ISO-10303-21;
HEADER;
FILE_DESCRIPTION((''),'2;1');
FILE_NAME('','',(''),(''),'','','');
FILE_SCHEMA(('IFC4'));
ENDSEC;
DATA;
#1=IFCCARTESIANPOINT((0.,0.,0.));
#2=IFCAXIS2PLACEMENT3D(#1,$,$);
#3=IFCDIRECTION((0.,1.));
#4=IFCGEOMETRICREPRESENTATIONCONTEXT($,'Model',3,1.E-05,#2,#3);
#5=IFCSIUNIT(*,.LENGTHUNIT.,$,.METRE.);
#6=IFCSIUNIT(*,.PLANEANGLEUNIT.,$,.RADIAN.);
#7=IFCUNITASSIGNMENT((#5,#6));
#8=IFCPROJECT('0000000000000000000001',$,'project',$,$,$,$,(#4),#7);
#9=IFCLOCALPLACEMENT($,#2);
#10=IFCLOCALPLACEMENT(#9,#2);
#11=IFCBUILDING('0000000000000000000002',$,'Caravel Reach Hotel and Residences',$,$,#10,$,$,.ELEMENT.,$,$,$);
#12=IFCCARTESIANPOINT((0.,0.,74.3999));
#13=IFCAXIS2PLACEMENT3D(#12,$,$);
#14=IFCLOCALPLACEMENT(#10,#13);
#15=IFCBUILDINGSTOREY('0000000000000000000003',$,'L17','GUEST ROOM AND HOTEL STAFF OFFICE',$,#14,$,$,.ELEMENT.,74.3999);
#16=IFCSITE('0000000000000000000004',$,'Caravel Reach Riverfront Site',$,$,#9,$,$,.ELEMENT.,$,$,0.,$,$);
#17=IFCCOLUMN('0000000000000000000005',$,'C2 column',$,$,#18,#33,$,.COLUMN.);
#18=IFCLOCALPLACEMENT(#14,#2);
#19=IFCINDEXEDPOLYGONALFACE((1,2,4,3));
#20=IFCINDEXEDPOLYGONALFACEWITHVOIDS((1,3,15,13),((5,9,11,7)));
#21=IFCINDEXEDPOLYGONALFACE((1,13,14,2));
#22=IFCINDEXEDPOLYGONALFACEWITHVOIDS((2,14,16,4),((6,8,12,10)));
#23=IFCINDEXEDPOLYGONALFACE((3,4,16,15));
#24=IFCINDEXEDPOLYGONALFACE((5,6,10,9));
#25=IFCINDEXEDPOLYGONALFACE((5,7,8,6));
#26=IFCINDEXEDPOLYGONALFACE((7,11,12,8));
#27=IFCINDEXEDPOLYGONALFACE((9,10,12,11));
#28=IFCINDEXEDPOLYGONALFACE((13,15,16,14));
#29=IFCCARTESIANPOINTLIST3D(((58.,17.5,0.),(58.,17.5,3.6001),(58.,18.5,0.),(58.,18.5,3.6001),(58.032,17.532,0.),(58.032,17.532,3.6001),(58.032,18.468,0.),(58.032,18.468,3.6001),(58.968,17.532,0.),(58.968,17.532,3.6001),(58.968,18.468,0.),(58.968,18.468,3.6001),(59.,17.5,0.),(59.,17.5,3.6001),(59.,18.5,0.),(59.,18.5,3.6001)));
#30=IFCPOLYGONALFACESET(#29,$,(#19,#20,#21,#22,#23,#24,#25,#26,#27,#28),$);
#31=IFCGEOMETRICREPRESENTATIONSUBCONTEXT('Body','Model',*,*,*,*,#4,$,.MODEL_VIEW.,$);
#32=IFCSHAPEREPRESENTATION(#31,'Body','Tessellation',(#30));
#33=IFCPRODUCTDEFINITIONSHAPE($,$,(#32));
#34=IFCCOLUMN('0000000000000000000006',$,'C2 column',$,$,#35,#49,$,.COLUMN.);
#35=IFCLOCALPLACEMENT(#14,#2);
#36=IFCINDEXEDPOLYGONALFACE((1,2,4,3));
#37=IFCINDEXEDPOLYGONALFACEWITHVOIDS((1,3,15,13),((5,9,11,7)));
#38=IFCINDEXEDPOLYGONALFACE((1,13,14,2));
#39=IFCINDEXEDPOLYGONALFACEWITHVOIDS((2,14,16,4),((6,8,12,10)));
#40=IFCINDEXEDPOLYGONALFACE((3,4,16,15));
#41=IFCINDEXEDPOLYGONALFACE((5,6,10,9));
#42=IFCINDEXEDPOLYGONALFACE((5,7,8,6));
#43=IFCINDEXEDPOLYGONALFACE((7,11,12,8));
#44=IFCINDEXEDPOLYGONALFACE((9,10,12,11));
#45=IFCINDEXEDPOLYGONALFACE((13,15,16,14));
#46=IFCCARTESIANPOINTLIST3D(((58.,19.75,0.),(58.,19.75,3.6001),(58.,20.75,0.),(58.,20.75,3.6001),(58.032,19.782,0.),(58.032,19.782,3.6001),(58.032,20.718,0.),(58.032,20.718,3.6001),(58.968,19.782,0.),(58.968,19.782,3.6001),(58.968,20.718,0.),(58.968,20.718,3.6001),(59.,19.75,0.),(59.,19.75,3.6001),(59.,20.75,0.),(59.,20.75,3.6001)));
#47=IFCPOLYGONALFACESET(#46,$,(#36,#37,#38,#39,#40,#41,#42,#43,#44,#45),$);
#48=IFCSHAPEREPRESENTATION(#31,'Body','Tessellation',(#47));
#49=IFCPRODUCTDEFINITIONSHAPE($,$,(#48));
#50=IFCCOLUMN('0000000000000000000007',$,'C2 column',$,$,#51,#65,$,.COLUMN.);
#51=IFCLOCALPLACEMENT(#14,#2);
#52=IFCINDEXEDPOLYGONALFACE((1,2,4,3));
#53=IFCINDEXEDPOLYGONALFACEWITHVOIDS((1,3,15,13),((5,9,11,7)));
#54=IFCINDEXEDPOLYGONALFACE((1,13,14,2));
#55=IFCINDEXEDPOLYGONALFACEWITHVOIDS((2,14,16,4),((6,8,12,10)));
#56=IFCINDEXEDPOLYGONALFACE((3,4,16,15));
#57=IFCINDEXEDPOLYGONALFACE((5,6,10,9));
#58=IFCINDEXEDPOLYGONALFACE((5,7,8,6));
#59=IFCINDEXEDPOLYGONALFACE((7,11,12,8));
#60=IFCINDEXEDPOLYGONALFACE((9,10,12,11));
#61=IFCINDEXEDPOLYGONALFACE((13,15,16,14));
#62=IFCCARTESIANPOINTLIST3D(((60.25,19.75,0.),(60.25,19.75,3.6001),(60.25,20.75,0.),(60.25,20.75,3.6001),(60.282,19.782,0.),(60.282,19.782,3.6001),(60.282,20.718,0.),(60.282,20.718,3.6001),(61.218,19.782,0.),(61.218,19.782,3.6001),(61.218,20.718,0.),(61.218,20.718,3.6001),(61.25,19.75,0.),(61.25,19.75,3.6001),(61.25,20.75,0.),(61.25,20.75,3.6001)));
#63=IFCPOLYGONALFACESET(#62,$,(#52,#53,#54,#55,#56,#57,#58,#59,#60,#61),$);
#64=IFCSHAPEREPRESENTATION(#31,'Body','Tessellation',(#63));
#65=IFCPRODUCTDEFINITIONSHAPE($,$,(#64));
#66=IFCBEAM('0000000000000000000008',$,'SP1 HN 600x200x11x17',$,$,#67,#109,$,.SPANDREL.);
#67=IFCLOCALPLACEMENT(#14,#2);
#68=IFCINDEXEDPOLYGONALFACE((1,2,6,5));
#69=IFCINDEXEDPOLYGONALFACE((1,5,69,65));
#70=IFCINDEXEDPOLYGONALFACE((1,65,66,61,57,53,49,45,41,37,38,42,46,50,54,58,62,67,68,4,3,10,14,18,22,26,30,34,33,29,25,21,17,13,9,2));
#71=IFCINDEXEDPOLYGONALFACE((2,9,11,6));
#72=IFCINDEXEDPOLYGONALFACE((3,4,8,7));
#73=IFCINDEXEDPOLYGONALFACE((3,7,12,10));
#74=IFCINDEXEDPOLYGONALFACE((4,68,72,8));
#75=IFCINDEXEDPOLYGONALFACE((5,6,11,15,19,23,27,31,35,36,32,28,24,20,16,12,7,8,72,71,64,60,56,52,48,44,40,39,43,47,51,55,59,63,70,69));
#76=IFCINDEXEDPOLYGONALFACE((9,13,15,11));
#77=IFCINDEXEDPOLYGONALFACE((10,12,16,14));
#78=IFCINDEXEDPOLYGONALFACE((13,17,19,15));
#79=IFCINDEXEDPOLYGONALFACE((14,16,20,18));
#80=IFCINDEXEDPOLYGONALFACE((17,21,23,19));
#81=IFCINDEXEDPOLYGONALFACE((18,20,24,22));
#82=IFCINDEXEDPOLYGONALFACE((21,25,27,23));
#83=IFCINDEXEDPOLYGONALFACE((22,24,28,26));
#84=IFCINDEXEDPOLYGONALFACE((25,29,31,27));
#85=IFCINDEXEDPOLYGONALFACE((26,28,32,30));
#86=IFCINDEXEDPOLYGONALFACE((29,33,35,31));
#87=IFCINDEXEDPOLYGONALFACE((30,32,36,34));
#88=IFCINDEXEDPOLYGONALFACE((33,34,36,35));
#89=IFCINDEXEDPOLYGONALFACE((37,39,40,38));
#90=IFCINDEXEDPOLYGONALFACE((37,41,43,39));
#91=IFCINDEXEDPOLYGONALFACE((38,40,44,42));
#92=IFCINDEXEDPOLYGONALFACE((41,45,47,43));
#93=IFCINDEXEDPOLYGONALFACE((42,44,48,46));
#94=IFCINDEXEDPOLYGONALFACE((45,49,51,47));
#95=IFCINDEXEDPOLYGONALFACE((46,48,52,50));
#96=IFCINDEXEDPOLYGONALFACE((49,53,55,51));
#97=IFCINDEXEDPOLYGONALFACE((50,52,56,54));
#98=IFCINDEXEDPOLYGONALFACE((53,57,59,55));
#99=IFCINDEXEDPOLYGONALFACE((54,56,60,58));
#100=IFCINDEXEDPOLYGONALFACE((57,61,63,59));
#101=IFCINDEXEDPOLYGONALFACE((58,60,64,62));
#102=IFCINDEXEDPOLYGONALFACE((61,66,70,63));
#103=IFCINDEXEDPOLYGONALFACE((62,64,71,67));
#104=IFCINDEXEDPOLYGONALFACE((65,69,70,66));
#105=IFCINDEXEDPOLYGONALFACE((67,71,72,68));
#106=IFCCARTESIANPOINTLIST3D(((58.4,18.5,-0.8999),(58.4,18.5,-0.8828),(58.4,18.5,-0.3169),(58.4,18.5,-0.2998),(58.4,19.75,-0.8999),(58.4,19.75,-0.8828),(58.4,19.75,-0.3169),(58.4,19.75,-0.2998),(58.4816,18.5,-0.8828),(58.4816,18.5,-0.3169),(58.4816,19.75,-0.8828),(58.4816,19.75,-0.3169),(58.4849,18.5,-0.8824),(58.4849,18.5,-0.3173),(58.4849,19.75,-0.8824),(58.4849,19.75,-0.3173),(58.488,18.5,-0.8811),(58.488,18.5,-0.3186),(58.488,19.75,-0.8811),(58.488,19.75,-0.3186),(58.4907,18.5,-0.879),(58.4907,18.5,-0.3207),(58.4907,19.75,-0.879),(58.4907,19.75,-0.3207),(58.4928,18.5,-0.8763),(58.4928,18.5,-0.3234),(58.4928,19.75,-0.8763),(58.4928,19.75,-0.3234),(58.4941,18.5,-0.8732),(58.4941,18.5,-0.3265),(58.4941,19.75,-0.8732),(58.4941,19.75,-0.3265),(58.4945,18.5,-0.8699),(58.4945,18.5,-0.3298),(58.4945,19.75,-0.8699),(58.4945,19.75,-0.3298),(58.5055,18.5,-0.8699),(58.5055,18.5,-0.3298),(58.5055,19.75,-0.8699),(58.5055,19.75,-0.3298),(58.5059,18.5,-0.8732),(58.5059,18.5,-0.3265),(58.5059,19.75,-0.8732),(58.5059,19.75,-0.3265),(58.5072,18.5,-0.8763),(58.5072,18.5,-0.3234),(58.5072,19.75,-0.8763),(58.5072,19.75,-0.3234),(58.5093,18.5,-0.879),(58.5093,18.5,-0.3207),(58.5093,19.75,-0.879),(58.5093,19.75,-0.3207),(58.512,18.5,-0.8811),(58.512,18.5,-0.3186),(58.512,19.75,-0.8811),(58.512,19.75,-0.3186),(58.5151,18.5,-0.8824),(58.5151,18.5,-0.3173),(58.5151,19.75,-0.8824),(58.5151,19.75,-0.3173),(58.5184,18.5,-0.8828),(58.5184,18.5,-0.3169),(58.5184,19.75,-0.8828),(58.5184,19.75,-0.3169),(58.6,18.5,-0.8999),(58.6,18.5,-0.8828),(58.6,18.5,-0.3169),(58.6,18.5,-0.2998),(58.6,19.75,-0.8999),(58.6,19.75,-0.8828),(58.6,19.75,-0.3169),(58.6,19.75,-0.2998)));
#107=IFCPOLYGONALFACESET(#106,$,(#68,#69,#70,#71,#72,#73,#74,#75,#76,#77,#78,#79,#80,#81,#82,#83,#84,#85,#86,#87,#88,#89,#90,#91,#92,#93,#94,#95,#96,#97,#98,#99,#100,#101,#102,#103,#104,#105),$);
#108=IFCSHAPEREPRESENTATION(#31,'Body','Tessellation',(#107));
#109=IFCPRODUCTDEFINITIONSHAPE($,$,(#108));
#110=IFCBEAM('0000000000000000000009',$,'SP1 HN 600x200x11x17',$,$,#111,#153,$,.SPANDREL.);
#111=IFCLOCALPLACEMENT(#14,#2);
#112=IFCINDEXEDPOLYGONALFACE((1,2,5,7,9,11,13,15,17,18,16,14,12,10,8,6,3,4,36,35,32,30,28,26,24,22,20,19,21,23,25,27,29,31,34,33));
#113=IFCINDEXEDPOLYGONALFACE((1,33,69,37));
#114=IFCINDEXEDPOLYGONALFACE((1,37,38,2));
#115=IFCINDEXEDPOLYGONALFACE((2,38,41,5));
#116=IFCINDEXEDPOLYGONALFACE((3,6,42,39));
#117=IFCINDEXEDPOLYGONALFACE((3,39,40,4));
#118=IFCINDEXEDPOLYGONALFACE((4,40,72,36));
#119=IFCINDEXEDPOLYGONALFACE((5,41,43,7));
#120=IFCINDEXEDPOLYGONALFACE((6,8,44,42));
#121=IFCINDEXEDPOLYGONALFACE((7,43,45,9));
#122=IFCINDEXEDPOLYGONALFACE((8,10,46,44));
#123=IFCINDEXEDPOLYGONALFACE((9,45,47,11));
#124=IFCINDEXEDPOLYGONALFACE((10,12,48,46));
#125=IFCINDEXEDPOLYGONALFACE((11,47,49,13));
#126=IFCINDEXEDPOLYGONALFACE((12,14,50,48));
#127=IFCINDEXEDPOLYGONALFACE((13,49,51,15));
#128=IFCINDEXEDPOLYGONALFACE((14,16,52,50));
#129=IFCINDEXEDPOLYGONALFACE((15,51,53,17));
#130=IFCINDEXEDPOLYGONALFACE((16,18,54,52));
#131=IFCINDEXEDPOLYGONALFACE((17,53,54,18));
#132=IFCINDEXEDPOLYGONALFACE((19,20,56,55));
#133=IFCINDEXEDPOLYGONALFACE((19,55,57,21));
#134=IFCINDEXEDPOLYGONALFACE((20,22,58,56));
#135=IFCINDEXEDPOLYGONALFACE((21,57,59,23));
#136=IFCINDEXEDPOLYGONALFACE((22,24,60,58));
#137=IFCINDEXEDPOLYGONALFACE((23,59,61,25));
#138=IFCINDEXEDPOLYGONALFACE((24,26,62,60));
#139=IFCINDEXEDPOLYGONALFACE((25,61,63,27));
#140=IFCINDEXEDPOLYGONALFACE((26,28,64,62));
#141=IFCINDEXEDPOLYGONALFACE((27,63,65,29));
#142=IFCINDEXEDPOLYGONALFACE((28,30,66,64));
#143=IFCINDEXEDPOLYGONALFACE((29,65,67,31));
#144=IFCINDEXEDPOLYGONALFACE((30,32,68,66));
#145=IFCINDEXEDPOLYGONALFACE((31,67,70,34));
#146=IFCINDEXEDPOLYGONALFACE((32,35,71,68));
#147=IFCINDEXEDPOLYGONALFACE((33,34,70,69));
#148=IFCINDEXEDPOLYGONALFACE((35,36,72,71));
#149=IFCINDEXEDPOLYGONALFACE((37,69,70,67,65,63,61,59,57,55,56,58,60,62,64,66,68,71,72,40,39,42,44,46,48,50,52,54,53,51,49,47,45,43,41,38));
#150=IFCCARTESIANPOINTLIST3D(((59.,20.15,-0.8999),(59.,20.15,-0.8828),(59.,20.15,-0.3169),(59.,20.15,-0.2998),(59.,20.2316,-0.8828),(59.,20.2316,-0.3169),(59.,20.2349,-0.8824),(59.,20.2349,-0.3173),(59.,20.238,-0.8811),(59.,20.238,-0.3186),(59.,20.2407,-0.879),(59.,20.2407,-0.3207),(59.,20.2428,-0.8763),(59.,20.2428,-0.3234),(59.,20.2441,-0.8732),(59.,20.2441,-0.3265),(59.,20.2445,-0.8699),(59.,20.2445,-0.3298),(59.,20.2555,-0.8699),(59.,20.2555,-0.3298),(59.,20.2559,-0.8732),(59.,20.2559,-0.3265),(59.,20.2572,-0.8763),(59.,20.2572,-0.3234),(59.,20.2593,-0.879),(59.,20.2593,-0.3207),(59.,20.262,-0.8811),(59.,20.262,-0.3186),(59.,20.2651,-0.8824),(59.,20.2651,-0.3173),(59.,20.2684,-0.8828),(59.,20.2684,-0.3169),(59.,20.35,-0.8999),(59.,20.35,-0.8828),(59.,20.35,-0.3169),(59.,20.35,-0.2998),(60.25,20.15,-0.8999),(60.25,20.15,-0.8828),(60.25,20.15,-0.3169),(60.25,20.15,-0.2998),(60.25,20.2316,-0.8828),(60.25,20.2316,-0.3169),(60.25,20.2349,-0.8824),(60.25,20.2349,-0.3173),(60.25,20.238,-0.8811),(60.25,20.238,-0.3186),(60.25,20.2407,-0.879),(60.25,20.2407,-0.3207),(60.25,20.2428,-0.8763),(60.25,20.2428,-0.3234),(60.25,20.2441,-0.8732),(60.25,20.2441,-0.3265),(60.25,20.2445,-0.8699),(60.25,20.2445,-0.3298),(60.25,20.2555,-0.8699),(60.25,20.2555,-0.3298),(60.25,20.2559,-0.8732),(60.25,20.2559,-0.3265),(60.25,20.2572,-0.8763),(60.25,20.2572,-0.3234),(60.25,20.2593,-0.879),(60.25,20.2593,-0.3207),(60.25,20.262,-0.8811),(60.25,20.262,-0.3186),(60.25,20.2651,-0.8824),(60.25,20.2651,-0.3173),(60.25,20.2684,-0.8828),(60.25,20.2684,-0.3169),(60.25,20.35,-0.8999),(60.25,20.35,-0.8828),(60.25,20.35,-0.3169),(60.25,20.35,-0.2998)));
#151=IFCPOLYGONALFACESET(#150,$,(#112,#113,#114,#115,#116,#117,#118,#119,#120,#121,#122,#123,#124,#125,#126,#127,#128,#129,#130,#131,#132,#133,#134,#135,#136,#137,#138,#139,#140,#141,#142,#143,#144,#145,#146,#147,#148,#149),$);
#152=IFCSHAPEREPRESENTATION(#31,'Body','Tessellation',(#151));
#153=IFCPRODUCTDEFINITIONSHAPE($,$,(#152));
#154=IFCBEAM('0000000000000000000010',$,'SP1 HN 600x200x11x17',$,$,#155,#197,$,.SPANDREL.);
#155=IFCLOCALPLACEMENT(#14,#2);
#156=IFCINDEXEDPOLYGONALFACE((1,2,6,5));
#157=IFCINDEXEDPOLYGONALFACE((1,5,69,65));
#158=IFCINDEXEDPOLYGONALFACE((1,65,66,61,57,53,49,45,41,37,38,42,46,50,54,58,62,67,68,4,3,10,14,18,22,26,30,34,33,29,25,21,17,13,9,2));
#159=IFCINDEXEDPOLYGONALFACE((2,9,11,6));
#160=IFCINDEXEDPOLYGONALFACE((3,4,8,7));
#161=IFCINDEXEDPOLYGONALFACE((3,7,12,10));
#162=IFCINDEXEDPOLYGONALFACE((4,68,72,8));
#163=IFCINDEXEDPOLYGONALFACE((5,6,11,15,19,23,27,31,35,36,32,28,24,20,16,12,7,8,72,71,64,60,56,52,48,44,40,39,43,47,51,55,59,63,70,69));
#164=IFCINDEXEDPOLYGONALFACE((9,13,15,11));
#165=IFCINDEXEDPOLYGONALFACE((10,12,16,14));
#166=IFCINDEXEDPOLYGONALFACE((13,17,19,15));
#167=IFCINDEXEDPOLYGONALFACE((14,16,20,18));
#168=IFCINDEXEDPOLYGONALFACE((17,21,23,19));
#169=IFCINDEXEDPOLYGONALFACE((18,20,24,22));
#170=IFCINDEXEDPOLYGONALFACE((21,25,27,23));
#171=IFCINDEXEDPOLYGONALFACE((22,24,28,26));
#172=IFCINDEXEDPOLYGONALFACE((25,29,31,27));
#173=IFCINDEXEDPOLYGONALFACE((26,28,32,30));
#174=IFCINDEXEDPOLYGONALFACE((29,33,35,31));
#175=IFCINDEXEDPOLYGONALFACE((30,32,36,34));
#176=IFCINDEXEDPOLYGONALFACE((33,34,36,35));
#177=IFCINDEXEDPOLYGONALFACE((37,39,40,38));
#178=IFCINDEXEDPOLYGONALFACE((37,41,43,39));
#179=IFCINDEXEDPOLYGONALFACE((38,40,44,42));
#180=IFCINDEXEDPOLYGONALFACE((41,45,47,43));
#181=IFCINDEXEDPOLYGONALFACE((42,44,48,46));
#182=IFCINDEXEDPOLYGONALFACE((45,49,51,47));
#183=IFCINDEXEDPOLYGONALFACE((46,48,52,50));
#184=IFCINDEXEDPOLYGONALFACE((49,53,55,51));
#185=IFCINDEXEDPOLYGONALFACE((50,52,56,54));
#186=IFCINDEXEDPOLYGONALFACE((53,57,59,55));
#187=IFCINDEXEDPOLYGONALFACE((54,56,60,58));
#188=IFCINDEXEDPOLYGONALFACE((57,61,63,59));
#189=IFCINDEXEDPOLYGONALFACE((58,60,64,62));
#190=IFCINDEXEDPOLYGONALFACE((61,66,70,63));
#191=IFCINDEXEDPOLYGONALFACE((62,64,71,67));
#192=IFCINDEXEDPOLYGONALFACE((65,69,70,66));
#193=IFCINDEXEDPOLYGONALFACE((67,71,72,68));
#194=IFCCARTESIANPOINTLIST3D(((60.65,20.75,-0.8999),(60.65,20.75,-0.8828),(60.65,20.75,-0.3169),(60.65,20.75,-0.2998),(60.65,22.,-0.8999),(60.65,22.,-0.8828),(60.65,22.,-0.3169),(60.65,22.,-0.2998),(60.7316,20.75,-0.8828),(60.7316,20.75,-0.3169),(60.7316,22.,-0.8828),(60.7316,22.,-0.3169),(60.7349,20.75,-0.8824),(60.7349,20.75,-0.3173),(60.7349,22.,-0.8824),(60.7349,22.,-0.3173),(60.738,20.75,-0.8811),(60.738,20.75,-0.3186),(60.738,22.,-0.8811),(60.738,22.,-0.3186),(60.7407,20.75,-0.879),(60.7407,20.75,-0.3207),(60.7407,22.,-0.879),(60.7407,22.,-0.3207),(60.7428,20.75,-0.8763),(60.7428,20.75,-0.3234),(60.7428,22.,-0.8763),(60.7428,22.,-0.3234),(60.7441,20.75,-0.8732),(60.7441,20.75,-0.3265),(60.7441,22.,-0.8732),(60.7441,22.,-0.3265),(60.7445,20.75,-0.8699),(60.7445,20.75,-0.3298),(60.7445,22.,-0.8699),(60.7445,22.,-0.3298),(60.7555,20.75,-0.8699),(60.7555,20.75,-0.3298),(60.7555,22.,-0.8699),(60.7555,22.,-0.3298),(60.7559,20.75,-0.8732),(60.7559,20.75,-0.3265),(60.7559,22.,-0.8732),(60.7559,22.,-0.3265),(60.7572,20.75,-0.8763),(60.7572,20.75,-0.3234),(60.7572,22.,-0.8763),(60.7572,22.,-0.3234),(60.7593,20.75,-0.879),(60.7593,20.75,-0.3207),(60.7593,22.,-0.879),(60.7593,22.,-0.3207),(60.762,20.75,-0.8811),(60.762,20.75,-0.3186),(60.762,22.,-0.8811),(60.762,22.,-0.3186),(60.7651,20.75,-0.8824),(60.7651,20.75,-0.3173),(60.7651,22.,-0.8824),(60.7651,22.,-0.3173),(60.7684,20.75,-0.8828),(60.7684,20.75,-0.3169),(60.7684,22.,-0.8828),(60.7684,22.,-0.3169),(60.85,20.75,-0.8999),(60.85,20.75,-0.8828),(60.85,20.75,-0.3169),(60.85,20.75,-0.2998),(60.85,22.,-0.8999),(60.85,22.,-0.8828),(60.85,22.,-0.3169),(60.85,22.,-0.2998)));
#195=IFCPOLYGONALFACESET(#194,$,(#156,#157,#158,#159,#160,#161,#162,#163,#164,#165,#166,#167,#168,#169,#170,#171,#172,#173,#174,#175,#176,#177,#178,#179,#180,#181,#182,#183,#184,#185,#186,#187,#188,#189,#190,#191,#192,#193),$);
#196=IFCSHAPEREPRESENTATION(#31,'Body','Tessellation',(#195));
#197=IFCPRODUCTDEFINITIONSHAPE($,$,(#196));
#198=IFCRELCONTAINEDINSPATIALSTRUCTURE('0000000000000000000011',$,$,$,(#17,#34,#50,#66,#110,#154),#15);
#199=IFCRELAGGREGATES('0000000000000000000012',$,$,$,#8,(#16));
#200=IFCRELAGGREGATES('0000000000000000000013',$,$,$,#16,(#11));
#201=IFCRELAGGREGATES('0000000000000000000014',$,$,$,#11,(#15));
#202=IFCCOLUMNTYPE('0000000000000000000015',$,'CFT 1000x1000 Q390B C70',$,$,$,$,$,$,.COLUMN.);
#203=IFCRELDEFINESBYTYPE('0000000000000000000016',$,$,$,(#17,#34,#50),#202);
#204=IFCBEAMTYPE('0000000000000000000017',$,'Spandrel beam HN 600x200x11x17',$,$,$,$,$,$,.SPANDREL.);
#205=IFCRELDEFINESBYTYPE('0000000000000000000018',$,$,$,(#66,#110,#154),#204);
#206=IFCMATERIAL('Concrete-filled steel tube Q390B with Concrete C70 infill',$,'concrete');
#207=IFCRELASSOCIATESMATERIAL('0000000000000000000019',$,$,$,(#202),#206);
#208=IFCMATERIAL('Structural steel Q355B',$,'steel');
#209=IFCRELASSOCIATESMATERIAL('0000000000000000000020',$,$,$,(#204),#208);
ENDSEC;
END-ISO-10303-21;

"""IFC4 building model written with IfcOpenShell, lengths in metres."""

from ifc_helpers import new_model, si_unit, direction, frame, origin, origin_2d, place, context, subcontext, project, spatial, hollow_rectangle, i_section, extrude, material, material_profile, profile_set, type_object, element, save


model = new_model("IFC4")

# Units and contexts
model_context = context("Model", 3, precision=1e-05, world=origin(), true_north=direction((0.0, 1.0)))
body_context = subcontext(model_context, "Body", "Model", "MODEL_VIEW")
ifc_project = project(units=[si_unit("LENGTHUNIT", "METRE"), si_unit("PLANEANGLEUNIT", "RADIAN")], contexts=[model_context])

# Site, building, storey
site_placement = place(None, origin())
site = spatial("IfcSite", under=ifc_project, at=site_placement, Name="Caravel Reach Riverfront Site", CompositionType="ELEMENT", RefElevation=0.0)
building_placement = place(site_placement, origin())
building = spatial("IfcBuilding", under=site, at=building_placement, Name="Caravel Reach Hotel and Residences", CompositionType="ELEMENT")
storey_placement = place(building_placement, frame((0.0, 0.0, 74.3999)))
storey = spatial("IfcBuildingStorey", under=building, at=storey_placement, Name="L17", Description="GUEST ROOM AND HOTEL STAFF OFFICE", CompositionType="ELEMENT", Elevation=74.3999)

# Columns
ifc_material_1 = material(Name="Concrete-filled steel tube Q390B with Concrete C70 infill", Category="concrete")
ifc_material_profile_1 = material_profile(ifc_material_1, hollow_rectangle(XDim=1.0, YDim=1.0, WallThickness=0.032, at=origin_2d()), Name="RHS 1000x1000x32")
ifc_profile_set_1 = profile_set([ifc_material_profile_1], Name="Concrete-filled steel tube Q390B with Concrete C70 infill")
column_type = type_object("IfcColumnType", Name="CFT 1000x1000 Q390B C70", PredefinedType="COLUMN", material=ifc_profile_set_1)
for number, where, z_axis, x_axis, name in (
    (1, (58.5, 18.0, 0.0), (0.0, 0.0, 1.0), (1.0, 0.0, 0.0), "C2 column"),
    (2, (58.5, 20.25, 0.0), (0.0, 0.0, 1.0), (1.0, 0.0, 0.0), "C2 column"),
    (3, (60.75, 20.25, 0.0), (0.0, 0.0, 1.0), (1.0, 0.0, 0.0), "C2 column"),
):
    element("IfcColumn", number, at=place(storey_placement, frame(where, z_axis=z_axis, x_axis=x_axis)), inside=storey, type_object=column_type, Name=name, PredefinedType="COLUMN", context=body_context, shape_type="SweptSolid", body=[
        extrude(hollow_rectangle(XDim=1.0, YDim=1.0, WallThickness=0.032, at=origin_2d()), origin(), (0.0, 0.0, 1.0), 3.6001),
    ])

# Beams
ifc_material_2 = material(Name="Structural steel Q355B", Category="steel")
ifc_material_profile_2 = material_profile(ifc_material_2, i_section(OverallWidth=0.2, OverallDepth=0.6001, WebThickness=0.011, FlangeThickness=0.0171, FilletRadius=0.0129, at=origin_2d()), Name="HN 600x200x11x17")
ifc_profile_set_2 = profile_set([ifc_material_profile_2], Name="Structural steel Q355B")
beam_type = type_object("IfcBeamType", Name="Spandrel beam HN 600x200x11x17", PredefinedType="SPANDREL", material=ifc_profile_set_2)
for number, where, z_axis, x_axis, name in (
    (4, (58.5, 18.5, -0.5999), (0.0, 1.0, 0.0), (-1.0, 0.0, 0.0), "SP1 HN 600x200x11x17"),
    (5, (59.0, 20.25, -0.5999), (1.0, 0.0, 0.0), (0.0, 1.0, 0.0), "SP1 HN 600x200x11x17"),
    (6, (60.75, 20.75, -0.5999), (0.0, 1.0, 0.0), (-1.0, 0.0, 0.0), "SP1 HN 600x200x11x17"),
):
    element("IfcBeam", number, at=place(storey_placement, frame(where, z_axis=z_axis, x_axis=x_axis)), inside=storey, type_object=beam_type, Name=name, PredefinedType="SPANDREL", context=body_context, shape_type="SweptSolid", body=[
        extrude(i_section(OverallWidth=0.2, OverallDepth=0.6001, WebThickness=0.011, FlangeThickness=0.0171, FilletRadius=0.0129, at=origin_2d()), origin(), (0.0, 0.0, 1.0), 1.25),
    ])

save(model, "model.ifc")
